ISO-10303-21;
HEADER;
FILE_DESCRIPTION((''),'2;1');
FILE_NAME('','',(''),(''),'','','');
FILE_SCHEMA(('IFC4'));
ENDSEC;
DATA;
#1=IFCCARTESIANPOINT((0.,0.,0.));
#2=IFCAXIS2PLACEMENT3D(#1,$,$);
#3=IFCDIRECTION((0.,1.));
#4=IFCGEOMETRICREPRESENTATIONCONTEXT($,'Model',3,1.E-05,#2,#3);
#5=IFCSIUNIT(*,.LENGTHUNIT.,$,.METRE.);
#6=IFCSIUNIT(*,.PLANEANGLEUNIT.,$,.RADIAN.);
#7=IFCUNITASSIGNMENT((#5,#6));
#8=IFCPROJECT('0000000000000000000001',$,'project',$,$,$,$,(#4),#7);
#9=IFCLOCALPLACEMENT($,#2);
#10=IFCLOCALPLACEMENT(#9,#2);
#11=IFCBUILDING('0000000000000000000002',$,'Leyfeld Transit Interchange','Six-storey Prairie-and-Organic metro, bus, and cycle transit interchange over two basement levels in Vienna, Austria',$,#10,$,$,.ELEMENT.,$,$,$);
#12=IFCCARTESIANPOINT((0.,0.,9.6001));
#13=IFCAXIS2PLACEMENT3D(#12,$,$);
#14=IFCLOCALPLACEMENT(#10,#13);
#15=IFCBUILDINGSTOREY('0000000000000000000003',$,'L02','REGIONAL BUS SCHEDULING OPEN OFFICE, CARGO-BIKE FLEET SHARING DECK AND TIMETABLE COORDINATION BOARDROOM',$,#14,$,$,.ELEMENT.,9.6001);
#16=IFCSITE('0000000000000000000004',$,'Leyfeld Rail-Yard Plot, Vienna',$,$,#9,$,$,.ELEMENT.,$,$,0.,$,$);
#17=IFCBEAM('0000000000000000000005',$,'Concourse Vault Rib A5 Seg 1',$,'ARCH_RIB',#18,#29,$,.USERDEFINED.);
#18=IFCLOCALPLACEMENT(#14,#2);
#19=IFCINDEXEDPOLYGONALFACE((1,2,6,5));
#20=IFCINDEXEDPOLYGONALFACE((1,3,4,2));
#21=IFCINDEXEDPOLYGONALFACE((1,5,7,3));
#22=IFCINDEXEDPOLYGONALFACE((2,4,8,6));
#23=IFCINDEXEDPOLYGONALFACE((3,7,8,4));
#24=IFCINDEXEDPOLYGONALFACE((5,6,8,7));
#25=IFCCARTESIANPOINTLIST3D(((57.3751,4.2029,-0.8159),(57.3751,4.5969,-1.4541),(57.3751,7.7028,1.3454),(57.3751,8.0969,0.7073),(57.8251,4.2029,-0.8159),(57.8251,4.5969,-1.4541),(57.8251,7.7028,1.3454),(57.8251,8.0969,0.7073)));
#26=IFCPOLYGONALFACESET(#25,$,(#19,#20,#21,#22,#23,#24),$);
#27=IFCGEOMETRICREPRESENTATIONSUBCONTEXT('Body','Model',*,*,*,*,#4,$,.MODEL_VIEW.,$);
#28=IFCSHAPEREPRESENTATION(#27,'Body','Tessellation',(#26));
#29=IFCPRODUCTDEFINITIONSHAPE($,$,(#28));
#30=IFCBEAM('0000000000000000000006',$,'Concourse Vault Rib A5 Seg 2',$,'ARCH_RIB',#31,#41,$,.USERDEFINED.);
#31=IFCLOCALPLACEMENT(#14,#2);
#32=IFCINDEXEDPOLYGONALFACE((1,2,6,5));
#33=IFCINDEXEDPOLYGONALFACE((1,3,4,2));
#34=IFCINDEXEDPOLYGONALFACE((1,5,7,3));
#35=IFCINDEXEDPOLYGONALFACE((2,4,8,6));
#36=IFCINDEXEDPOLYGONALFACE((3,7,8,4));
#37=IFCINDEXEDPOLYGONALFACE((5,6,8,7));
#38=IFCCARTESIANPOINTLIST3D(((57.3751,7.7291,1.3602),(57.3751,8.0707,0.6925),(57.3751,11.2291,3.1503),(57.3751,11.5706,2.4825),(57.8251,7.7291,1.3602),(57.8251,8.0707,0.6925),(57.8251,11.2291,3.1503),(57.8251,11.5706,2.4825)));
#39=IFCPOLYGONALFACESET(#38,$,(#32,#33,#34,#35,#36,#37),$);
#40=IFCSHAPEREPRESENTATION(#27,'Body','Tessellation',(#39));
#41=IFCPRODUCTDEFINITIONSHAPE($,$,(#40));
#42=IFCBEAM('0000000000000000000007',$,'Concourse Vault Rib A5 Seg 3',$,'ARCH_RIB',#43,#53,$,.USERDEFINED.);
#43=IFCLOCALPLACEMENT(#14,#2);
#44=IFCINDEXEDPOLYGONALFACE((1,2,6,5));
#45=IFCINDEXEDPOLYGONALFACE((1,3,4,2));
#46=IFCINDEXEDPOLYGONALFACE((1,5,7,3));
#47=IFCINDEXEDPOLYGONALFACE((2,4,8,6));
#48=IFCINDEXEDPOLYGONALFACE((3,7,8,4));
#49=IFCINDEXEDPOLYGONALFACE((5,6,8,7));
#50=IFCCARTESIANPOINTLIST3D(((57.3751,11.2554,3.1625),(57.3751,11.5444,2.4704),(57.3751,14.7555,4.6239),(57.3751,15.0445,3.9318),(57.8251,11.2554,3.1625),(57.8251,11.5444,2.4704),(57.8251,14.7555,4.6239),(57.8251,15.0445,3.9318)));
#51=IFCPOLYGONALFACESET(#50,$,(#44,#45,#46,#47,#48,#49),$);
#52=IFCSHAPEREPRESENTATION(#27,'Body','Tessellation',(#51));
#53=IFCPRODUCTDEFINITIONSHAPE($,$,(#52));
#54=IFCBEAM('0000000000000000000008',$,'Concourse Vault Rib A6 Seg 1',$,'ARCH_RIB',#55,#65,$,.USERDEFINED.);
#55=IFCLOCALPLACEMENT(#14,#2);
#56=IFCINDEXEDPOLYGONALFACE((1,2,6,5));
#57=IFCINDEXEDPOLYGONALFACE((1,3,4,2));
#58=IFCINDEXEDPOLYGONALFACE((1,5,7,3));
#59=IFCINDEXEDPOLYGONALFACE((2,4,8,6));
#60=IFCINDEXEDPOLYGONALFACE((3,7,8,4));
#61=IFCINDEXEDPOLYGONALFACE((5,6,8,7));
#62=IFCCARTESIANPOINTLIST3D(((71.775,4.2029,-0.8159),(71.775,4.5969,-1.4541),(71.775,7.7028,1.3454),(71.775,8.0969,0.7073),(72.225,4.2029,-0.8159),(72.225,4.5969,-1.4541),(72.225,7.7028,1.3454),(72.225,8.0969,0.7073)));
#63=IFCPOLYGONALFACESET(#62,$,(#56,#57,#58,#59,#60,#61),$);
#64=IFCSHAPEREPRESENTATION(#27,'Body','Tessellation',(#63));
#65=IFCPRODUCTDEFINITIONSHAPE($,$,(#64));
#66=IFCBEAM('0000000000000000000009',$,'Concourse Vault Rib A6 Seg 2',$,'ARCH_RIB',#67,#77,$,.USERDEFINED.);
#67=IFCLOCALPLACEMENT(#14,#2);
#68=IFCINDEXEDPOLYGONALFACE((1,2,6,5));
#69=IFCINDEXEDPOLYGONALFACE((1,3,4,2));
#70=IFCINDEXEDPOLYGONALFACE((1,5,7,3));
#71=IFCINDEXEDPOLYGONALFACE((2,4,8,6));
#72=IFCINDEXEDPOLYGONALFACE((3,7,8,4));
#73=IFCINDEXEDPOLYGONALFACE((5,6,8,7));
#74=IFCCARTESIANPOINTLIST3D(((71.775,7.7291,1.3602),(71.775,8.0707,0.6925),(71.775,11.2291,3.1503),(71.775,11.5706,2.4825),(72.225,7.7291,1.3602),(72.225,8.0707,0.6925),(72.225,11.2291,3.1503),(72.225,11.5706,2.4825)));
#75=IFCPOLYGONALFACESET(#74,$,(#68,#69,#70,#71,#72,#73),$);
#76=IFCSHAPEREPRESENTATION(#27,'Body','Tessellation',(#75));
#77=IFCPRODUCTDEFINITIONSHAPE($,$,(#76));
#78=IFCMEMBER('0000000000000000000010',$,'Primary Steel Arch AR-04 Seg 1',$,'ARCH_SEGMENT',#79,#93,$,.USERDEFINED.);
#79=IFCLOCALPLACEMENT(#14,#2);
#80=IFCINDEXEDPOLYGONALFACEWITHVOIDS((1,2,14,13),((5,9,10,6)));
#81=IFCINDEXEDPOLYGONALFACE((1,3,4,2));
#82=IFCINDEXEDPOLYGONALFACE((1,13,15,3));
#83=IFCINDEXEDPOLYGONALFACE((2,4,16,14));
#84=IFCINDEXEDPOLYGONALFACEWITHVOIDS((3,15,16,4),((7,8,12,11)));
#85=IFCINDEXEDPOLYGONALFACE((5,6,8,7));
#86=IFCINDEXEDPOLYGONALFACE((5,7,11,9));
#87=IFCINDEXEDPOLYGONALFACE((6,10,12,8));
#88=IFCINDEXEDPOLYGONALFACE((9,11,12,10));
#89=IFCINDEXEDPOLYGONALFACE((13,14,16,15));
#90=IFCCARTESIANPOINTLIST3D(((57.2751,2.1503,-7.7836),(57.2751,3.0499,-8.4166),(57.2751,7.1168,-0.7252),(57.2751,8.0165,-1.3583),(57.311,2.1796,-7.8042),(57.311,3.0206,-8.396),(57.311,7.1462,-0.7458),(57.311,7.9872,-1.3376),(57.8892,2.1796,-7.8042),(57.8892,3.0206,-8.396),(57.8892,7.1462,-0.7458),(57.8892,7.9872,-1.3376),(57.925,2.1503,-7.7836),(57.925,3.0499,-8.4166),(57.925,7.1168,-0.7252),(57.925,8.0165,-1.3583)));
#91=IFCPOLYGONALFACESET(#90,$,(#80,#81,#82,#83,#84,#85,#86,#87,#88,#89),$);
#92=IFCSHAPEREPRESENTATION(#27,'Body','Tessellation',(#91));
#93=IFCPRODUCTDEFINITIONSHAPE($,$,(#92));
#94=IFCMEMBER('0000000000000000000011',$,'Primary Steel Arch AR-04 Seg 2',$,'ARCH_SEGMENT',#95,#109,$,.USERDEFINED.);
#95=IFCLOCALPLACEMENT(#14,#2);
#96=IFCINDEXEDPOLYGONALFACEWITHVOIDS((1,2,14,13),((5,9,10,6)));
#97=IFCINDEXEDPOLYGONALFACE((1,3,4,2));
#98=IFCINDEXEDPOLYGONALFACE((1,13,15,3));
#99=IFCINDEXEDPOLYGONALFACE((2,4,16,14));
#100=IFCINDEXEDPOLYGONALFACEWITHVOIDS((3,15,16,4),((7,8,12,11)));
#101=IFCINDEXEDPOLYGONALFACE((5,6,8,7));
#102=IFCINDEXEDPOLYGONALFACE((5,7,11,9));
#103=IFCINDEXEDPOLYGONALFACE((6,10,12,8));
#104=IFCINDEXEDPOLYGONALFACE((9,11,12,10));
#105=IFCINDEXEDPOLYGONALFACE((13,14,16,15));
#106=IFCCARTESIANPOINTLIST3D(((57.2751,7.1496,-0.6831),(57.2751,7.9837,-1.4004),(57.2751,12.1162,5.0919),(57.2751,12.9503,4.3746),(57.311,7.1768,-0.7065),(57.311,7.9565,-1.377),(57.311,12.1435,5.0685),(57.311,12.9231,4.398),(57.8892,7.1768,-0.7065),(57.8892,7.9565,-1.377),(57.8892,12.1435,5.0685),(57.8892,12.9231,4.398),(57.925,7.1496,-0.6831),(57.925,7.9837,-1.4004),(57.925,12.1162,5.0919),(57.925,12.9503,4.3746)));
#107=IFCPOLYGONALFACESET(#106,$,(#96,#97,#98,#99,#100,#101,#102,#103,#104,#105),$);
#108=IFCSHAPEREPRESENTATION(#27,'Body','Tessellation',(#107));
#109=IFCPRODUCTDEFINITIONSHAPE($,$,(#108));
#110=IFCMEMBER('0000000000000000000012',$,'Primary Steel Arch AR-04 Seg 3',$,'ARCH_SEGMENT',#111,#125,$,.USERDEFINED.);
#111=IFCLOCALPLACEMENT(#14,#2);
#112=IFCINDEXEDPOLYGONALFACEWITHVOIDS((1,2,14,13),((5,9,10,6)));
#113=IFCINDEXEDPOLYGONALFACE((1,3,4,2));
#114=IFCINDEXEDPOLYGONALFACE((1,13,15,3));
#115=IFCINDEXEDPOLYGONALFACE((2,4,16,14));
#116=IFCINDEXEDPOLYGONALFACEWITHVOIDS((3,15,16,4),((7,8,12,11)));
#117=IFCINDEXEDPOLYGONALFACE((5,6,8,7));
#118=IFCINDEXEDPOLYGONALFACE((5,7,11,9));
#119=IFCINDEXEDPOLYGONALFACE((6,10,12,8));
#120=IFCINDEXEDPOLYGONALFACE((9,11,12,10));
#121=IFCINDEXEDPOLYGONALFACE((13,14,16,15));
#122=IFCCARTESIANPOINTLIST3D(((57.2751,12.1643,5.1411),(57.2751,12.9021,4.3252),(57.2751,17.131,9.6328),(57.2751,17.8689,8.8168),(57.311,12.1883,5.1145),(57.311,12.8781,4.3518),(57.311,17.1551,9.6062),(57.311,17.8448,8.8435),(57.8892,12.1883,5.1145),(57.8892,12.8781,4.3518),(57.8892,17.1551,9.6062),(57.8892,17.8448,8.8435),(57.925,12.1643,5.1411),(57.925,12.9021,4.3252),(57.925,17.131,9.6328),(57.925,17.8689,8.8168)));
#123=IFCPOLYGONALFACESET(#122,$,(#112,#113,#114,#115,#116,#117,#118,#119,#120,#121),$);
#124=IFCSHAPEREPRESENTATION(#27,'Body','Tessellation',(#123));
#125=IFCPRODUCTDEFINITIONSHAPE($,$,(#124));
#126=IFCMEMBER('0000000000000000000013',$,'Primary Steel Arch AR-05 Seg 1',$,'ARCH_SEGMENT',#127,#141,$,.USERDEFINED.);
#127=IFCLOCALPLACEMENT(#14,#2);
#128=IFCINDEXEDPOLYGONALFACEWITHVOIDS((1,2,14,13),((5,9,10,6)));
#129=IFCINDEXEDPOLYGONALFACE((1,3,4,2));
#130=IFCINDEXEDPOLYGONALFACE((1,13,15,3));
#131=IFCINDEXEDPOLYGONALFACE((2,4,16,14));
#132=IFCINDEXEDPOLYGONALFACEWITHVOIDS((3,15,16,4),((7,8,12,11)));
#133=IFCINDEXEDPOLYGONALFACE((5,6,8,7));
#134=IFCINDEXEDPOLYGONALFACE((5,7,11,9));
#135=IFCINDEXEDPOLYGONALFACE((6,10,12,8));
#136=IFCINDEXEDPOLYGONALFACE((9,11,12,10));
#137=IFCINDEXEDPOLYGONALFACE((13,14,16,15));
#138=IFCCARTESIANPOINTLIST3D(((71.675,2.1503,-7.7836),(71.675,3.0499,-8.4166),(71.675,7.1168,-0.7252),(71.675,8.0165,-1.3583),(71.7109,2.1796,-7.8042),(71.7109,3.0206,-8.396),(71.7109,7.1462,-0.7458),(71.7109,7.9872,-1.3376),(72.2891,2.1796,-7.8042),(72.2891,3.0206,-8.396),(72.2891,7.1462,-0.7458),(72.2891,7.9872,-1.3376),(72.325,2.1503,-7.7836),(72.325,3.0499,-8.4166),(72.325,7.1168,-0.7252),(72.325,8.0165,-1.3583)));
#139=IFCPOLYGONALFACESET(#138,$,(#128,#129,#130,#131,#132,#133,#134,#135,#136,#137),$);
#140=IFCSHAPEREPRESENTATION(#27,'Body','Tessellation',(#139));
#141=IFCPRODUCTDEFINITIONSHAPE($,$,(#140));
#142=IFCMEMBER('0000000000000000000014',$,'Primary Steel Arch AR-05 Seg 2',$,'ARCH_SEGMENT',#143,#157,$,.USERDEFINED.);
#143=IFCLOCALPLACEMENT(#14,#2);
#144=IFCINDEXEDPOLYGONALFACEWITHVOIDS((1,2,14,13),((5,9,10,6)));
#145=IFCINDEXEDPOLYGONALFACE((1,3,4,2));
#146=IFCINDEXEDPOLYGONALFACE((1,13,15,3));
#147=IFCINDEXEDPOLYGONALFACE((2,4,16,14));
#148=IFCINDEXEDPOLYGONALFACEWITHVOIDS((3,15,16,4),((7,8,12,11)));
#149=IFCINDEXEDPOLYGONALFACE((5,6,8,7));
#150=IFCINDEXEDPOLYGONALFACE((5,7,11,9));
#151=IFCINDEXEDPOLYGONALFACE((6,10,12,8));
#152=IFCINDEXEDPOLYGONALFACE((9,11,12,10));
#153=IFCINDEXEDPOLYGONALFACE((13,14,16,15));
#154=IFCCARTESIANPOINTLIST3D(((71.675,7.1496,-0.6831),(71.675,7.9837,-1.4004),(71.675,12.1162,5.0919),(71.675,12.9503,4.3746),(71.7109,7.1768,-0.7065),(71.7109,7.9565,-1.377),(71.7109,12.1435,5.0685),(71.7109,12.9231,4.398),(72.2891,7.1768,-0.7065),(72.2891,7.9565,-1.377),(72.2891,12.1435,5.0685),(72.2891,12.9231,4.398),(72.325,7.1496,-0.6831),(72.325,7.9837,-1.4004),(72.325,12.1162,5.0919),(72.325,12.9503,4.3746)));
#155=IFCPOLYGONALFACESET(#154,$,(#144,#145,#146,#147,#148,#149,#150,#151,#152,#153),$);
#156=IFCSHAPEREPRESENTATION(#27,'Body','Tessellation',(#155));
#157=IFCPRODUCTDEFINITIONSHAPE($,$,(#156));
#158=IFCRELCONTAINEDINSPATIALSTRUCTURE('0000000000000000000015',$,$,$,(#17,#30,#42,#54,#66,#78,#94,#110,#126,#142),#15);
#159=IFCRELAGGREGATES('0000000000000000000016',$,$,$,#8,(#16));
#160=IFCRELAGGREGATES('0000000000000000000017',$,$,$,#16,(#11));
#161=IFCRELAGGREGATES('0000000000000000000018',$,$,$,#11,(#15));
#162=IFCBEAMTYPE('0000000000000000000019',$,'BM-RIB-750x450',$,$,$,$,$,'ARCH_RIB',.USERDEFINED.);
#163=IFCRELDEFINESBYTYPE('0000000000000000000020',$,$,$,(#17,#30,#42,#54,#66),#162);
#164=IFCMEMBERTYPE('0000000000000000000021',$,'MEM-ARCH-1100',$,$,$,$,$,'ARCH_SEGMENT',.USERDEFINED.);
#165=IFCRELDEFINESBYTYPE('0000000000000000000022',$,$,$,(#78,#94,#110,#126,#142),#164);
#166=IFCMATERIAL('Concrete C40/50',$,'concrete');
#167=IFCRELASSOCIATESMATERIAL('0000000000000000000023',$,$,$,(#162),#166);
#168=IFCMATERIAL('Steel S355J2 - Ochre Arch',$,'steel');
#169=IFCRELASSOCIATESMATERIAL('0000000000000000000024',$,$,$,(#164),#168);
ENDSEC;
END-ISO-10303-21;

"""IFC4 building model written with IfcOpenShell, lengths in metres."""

from ifc_helpers import new_model, si_unit, direction, frame, origin, origin_2d, place, context, subcontext, project, spatial, rectangle, hollow_rectangle, extrude, material, material_profile, profile_set, type_object, element, save


model = new_model("IFC4")

# Units and contexts
model_context = context("Model", 3, precision=1e-05, world=origin(), true_north=direction((0.0, 1.0)))
body_context = subcontext(model_context, "Body", "Model", "MODEL_VIEW")
ifc_project = project(units=[si_unit("LENGTHUNIT", "METRE"), si_unit("PLANEANGLEUNIT", "RADIAN")], contexts=[model_context])

# Site, building, storey
site_placement = place(None, origin())
site = spatial("IfcSite", under=ifc_project, at=site_placement, Name="Leyfeld Rail-Yard Plot, Vienna", CompositionType="ELEMENT", RefElevation=0.0)
building_placement = place(site_placement, origin())
building = spatial("IfcBuilding", under=site, at=building_placement, Name="Leyfeld Transit Interchange", Description="Six-storey Prairie-and-Organic metro, bus, and cycle transit interchange over two basement levels in Vienna, Austria", CompositionType="ELEMENT")
storey_placement = place(building_placement, frame((0.0, 0.0, 9.6001)))
storey = spatial("IfcBuildingStorey", under=building, at=storey_placement, Name="L02", Description="REGIONAL BUS SCHEDULING OPEN OFFICE, CARGO-BIKE FLEET SHARING DECK AND TIMETABLE COORDINATION BOARDROOM", CompositionType="ELEMENT", Elevation=9.6001)

# Beams
ifc_material_1 = material(Name="Concrete C40/50", Category="concrete")
ifc_material_profile_1 = material_profile(ifc_material_1, rectangle(XDim=0.45, YDim=0.75, at=origin_2d()), Name="RC 750x450 RIB")
ifc_profile_set_1 = profile_set([ifc_material_profile_1], Name="Concrete C40/50")
beam_type = type_object("IfcBeamType", Name="BM-RIB-750x450", ElementType="ARCH_RIB", PredefinedType="USERDEFINED", material=ifc_profile_set_1)
beam_1_placement = place(storey_placement, frame((57.6001, 4.3999, -1.135), z_axis=(0.0, 0.85084, 0.525425), x_axis=(-1.0, 0.0, 0.0)))
element("IfcBeam", 1, at=beam_1_placement, inside=storey, type_object=beam_type, Name="Concourse Vault Rib A5 Seg 1", ObjectType="ARCH_RIB", PredefinedType="USERDEFINED", context=body_context, shape_type="SweptSolid", body=[
    extrude(rectangle(XDim=0.45, YDim=0.75, at=origin_2d()), origin(), (0.0, 0.0, 1.0), 4.1135),
])
beam_2_placement = place(storey_placement, frame((57.6001, 7.8999, 1.0264), z_axis=(0.0, 0.890316, 0.455343), x_axis=(-1.0, 0.0, 0.0)))
element("IfcBeam", 2, at=beam_2_placement, inside=storey, type_object=beam_type, Name="Concourse Vault Rib A5 Seg 2", ObjectType="ARCH_RIB", PredefinedType="USERDEFINED", context=body_context, shape_type="SweptSolid", body=[
    extrude(rectangle(XDim=0.45, YDim=0.75, at=origin_2d()), origin(), (0.0, 0.0, 1.0), 3.9312),
])
beam_3_placement = place(storey_placement, frame((57.6001, 11.3999, 2.8164), z_axis=(0.0, 0.922787, 0.38531), x_axis=(-1.0, 0.0, 0.0)))
element("IfcBeam", 3, at=beam_3_placement, inside=storey, type_object=beam_type, Name="Concourse Vault Rib A5 Seg 3", ObjectType="ARCH_RIB", PredefinedType="USERDEFINED", context=body_context, shape_type="SweptSolid", body=[
    extrude(rectangle(XDim=0.45, YDim=0.75, at=origin_2d()), origin(), (0.0, 0.0, 1.0), 3.793),
])
beam_4_placement = place(storey_placement, frame((72.0, 4.3999, -1.135), z_axis=(0.0, 0.85084, 0.525425), x_axis=(-1.0, 0.0, 0.0)))
element("IfcBeam", 4, at=beam_4_placement, inside=storey, type_object=beam_type, Name="Concourse Vault Rib A6 Seg 1", ObjectType="ARCH_RIB", PredefinedType="USERDEFINED", context=body_context, shape_type="SweptSolid", body=[
    extrude(rectangle(XDim=0.45, YDim=0.75, at=origin_2d()), origin(), (0.0, 0.0, 1.0), 4.1135),
])
beam_5_placement = place(storey_placement, frame((72.0, 7.8999, 1.0264), z_axis=(0.0, 0.890316, 0.455343), x_axis=(-1.0, 0.0, 0.0)))
element("IfcBeam", 5, at=beam_5_placement, inside=storey, type_object=beam_type, Name="Concourse Vault Rib A6 Seg 2", ObjectType="ARCH_RIB", PredefinedType="USERDEFINED", context=body_context, shape_type="SweptSolid", body=[
    extrude(rectangle(XDim=0.45, YDim=0.75, at=origin_2d()), origin(), (0.0, 0.0, 1.0), 3.9312),
])

# Members
ifc_material_2 = material(Name="Steel S355J2 - Ochre Arch", Category="steel")
ifc_material_profile_2 = material_profile(ifc_material_2, hollow_rectangle(XDim=0.6499, YDim=1.1001, WallThickness=0.0359, at=origin_2d()), Name="RHS 1100x650x36")
ifc_profile_set_2 = profile_set([ifc_material_profile_2], Name="Steel S355J2 - Ochre Arch")
member_type_1 = type_object("IfcMemberType", Name="MEM-ARCH-1100", ElementType="ARCH_SEGMENT", PredefinedType="USERDEFINED", material=ifc_profile_set_2)
member_1_placement = place(storey_placement, frame((57.6001, 2.6001, -8.1001), z_axis=(0.0, 0.57546, 0.81783), x_axis=(-1.0, 0.0, 0.0)))
element("IfcMember", 6, at=member_1_placement, inside=storey, type_object=member_type_1, Name="Primary Steel Arch AR-04 Seg 1", ObjectType="ARCH_SEGMENT", PredefinedType="USERDEFINED", context=body_context, shape_type="SweptSolid", body=[
    extrude(hollow_rectangle(XDim=0.6499, YDim=1.1001, WallThickness=0.0359, at=origin_2d()), origin(), (0.0, 0.0, 1.0), 8.6306),
])
member_2_placement = place(storey_placement, frame((57.6001, 7.5667, -1.0417), z_axis=(0.0, 0.65205, 0.758176), x_axis=(-1.0, 0.0, 0.0)))
element("IfcMember", 7, at=member_2_placement, inside=storey, type_object=member_type_1, Name="Primary Steel Arch AR-04 Seg 2", ObjectType="ARCH_SEGMENT", PredefinedType="USERDEFINED", context=body_context, shape_type="SweptSolid", body=[
    extrude(hollow_rectangle(XDim=0.6499, YDim=1.1001, WallThickness=0.0359, at=origin_2d()), origin(), (0.0, 0.0, 1.0), 7.6169),
])
member_3_placement = place(storey_placement, frame((57.6001, 12.5332, 4.7332), z_axis=(0.0, 0.741689, 0.670743), x_axis=(-1.0, 0.0, 0.0)))
element("IfcMember", 8, at=member_3_placement, inside=storey, type_object=member_type_1, Name="Primary Steel Arch AR-04 Seg 3", ObjectType="ARCH_SEGMENT", PredefinedType="USERDEFINED", context=body_context, shape_type="SweptSolid", body=[
    extrude(hollow_rectangle(XDim=0.6499, YDim=1.1001, WallThickness=0.0359, at=origin_2d()), origin(), (0.0, 0.0, 1.0), 6.6965),
])
member_4_placement = place(storey_placement, frame((72.0, 2.6001, -8.1001), z_axis=(0.0, 0.57546, 0.81783), x_axis=(-1.0, 0.0, 0.0)))
element("IfcMember", 9, at=member_4_placement, inside=storey, type_object=member_type_1, Name="Primary Steel Arch AR-05 Seg 1", ObjectType="ARCH_SEGMENT", PredefinedType="USERDEFINED", context=body_context, shape_type="SweptSolid", body=[
    extrude(hollow_rectangle(XDim=0.6499, YDim=1.1001, WallThickness=0.0359, at=origin_2d()), origin(), (0.0, 0.0, 1.0), 8.6306),
])
member_5_placement = place(storey_placement, frame((72.0, 7.5667, -1.0417), z_axis=(0.0, 0.65205, 0.758176), x_axis=(-1.0, 0.0, 0.0)))
element("IfcMember", 10, at=member_5_placement, inside=storey, type_object=member_type_1, Name="Primary Steel Arch AR-05 Seg 2", ObjectType="ARCH_SEGMENT", PredefinedType="USERDEFINED", context=body_context, shape_type="SweptSolid", body=[
    extrude(hollow_rectangle(XDim=0.6499, YDim=1.1001, WallThickness=0.0359, at=origin_2d()), origin(), (0.0, 0.0, 1.0), 7.6169),
])

save(model, "model.ifc")
